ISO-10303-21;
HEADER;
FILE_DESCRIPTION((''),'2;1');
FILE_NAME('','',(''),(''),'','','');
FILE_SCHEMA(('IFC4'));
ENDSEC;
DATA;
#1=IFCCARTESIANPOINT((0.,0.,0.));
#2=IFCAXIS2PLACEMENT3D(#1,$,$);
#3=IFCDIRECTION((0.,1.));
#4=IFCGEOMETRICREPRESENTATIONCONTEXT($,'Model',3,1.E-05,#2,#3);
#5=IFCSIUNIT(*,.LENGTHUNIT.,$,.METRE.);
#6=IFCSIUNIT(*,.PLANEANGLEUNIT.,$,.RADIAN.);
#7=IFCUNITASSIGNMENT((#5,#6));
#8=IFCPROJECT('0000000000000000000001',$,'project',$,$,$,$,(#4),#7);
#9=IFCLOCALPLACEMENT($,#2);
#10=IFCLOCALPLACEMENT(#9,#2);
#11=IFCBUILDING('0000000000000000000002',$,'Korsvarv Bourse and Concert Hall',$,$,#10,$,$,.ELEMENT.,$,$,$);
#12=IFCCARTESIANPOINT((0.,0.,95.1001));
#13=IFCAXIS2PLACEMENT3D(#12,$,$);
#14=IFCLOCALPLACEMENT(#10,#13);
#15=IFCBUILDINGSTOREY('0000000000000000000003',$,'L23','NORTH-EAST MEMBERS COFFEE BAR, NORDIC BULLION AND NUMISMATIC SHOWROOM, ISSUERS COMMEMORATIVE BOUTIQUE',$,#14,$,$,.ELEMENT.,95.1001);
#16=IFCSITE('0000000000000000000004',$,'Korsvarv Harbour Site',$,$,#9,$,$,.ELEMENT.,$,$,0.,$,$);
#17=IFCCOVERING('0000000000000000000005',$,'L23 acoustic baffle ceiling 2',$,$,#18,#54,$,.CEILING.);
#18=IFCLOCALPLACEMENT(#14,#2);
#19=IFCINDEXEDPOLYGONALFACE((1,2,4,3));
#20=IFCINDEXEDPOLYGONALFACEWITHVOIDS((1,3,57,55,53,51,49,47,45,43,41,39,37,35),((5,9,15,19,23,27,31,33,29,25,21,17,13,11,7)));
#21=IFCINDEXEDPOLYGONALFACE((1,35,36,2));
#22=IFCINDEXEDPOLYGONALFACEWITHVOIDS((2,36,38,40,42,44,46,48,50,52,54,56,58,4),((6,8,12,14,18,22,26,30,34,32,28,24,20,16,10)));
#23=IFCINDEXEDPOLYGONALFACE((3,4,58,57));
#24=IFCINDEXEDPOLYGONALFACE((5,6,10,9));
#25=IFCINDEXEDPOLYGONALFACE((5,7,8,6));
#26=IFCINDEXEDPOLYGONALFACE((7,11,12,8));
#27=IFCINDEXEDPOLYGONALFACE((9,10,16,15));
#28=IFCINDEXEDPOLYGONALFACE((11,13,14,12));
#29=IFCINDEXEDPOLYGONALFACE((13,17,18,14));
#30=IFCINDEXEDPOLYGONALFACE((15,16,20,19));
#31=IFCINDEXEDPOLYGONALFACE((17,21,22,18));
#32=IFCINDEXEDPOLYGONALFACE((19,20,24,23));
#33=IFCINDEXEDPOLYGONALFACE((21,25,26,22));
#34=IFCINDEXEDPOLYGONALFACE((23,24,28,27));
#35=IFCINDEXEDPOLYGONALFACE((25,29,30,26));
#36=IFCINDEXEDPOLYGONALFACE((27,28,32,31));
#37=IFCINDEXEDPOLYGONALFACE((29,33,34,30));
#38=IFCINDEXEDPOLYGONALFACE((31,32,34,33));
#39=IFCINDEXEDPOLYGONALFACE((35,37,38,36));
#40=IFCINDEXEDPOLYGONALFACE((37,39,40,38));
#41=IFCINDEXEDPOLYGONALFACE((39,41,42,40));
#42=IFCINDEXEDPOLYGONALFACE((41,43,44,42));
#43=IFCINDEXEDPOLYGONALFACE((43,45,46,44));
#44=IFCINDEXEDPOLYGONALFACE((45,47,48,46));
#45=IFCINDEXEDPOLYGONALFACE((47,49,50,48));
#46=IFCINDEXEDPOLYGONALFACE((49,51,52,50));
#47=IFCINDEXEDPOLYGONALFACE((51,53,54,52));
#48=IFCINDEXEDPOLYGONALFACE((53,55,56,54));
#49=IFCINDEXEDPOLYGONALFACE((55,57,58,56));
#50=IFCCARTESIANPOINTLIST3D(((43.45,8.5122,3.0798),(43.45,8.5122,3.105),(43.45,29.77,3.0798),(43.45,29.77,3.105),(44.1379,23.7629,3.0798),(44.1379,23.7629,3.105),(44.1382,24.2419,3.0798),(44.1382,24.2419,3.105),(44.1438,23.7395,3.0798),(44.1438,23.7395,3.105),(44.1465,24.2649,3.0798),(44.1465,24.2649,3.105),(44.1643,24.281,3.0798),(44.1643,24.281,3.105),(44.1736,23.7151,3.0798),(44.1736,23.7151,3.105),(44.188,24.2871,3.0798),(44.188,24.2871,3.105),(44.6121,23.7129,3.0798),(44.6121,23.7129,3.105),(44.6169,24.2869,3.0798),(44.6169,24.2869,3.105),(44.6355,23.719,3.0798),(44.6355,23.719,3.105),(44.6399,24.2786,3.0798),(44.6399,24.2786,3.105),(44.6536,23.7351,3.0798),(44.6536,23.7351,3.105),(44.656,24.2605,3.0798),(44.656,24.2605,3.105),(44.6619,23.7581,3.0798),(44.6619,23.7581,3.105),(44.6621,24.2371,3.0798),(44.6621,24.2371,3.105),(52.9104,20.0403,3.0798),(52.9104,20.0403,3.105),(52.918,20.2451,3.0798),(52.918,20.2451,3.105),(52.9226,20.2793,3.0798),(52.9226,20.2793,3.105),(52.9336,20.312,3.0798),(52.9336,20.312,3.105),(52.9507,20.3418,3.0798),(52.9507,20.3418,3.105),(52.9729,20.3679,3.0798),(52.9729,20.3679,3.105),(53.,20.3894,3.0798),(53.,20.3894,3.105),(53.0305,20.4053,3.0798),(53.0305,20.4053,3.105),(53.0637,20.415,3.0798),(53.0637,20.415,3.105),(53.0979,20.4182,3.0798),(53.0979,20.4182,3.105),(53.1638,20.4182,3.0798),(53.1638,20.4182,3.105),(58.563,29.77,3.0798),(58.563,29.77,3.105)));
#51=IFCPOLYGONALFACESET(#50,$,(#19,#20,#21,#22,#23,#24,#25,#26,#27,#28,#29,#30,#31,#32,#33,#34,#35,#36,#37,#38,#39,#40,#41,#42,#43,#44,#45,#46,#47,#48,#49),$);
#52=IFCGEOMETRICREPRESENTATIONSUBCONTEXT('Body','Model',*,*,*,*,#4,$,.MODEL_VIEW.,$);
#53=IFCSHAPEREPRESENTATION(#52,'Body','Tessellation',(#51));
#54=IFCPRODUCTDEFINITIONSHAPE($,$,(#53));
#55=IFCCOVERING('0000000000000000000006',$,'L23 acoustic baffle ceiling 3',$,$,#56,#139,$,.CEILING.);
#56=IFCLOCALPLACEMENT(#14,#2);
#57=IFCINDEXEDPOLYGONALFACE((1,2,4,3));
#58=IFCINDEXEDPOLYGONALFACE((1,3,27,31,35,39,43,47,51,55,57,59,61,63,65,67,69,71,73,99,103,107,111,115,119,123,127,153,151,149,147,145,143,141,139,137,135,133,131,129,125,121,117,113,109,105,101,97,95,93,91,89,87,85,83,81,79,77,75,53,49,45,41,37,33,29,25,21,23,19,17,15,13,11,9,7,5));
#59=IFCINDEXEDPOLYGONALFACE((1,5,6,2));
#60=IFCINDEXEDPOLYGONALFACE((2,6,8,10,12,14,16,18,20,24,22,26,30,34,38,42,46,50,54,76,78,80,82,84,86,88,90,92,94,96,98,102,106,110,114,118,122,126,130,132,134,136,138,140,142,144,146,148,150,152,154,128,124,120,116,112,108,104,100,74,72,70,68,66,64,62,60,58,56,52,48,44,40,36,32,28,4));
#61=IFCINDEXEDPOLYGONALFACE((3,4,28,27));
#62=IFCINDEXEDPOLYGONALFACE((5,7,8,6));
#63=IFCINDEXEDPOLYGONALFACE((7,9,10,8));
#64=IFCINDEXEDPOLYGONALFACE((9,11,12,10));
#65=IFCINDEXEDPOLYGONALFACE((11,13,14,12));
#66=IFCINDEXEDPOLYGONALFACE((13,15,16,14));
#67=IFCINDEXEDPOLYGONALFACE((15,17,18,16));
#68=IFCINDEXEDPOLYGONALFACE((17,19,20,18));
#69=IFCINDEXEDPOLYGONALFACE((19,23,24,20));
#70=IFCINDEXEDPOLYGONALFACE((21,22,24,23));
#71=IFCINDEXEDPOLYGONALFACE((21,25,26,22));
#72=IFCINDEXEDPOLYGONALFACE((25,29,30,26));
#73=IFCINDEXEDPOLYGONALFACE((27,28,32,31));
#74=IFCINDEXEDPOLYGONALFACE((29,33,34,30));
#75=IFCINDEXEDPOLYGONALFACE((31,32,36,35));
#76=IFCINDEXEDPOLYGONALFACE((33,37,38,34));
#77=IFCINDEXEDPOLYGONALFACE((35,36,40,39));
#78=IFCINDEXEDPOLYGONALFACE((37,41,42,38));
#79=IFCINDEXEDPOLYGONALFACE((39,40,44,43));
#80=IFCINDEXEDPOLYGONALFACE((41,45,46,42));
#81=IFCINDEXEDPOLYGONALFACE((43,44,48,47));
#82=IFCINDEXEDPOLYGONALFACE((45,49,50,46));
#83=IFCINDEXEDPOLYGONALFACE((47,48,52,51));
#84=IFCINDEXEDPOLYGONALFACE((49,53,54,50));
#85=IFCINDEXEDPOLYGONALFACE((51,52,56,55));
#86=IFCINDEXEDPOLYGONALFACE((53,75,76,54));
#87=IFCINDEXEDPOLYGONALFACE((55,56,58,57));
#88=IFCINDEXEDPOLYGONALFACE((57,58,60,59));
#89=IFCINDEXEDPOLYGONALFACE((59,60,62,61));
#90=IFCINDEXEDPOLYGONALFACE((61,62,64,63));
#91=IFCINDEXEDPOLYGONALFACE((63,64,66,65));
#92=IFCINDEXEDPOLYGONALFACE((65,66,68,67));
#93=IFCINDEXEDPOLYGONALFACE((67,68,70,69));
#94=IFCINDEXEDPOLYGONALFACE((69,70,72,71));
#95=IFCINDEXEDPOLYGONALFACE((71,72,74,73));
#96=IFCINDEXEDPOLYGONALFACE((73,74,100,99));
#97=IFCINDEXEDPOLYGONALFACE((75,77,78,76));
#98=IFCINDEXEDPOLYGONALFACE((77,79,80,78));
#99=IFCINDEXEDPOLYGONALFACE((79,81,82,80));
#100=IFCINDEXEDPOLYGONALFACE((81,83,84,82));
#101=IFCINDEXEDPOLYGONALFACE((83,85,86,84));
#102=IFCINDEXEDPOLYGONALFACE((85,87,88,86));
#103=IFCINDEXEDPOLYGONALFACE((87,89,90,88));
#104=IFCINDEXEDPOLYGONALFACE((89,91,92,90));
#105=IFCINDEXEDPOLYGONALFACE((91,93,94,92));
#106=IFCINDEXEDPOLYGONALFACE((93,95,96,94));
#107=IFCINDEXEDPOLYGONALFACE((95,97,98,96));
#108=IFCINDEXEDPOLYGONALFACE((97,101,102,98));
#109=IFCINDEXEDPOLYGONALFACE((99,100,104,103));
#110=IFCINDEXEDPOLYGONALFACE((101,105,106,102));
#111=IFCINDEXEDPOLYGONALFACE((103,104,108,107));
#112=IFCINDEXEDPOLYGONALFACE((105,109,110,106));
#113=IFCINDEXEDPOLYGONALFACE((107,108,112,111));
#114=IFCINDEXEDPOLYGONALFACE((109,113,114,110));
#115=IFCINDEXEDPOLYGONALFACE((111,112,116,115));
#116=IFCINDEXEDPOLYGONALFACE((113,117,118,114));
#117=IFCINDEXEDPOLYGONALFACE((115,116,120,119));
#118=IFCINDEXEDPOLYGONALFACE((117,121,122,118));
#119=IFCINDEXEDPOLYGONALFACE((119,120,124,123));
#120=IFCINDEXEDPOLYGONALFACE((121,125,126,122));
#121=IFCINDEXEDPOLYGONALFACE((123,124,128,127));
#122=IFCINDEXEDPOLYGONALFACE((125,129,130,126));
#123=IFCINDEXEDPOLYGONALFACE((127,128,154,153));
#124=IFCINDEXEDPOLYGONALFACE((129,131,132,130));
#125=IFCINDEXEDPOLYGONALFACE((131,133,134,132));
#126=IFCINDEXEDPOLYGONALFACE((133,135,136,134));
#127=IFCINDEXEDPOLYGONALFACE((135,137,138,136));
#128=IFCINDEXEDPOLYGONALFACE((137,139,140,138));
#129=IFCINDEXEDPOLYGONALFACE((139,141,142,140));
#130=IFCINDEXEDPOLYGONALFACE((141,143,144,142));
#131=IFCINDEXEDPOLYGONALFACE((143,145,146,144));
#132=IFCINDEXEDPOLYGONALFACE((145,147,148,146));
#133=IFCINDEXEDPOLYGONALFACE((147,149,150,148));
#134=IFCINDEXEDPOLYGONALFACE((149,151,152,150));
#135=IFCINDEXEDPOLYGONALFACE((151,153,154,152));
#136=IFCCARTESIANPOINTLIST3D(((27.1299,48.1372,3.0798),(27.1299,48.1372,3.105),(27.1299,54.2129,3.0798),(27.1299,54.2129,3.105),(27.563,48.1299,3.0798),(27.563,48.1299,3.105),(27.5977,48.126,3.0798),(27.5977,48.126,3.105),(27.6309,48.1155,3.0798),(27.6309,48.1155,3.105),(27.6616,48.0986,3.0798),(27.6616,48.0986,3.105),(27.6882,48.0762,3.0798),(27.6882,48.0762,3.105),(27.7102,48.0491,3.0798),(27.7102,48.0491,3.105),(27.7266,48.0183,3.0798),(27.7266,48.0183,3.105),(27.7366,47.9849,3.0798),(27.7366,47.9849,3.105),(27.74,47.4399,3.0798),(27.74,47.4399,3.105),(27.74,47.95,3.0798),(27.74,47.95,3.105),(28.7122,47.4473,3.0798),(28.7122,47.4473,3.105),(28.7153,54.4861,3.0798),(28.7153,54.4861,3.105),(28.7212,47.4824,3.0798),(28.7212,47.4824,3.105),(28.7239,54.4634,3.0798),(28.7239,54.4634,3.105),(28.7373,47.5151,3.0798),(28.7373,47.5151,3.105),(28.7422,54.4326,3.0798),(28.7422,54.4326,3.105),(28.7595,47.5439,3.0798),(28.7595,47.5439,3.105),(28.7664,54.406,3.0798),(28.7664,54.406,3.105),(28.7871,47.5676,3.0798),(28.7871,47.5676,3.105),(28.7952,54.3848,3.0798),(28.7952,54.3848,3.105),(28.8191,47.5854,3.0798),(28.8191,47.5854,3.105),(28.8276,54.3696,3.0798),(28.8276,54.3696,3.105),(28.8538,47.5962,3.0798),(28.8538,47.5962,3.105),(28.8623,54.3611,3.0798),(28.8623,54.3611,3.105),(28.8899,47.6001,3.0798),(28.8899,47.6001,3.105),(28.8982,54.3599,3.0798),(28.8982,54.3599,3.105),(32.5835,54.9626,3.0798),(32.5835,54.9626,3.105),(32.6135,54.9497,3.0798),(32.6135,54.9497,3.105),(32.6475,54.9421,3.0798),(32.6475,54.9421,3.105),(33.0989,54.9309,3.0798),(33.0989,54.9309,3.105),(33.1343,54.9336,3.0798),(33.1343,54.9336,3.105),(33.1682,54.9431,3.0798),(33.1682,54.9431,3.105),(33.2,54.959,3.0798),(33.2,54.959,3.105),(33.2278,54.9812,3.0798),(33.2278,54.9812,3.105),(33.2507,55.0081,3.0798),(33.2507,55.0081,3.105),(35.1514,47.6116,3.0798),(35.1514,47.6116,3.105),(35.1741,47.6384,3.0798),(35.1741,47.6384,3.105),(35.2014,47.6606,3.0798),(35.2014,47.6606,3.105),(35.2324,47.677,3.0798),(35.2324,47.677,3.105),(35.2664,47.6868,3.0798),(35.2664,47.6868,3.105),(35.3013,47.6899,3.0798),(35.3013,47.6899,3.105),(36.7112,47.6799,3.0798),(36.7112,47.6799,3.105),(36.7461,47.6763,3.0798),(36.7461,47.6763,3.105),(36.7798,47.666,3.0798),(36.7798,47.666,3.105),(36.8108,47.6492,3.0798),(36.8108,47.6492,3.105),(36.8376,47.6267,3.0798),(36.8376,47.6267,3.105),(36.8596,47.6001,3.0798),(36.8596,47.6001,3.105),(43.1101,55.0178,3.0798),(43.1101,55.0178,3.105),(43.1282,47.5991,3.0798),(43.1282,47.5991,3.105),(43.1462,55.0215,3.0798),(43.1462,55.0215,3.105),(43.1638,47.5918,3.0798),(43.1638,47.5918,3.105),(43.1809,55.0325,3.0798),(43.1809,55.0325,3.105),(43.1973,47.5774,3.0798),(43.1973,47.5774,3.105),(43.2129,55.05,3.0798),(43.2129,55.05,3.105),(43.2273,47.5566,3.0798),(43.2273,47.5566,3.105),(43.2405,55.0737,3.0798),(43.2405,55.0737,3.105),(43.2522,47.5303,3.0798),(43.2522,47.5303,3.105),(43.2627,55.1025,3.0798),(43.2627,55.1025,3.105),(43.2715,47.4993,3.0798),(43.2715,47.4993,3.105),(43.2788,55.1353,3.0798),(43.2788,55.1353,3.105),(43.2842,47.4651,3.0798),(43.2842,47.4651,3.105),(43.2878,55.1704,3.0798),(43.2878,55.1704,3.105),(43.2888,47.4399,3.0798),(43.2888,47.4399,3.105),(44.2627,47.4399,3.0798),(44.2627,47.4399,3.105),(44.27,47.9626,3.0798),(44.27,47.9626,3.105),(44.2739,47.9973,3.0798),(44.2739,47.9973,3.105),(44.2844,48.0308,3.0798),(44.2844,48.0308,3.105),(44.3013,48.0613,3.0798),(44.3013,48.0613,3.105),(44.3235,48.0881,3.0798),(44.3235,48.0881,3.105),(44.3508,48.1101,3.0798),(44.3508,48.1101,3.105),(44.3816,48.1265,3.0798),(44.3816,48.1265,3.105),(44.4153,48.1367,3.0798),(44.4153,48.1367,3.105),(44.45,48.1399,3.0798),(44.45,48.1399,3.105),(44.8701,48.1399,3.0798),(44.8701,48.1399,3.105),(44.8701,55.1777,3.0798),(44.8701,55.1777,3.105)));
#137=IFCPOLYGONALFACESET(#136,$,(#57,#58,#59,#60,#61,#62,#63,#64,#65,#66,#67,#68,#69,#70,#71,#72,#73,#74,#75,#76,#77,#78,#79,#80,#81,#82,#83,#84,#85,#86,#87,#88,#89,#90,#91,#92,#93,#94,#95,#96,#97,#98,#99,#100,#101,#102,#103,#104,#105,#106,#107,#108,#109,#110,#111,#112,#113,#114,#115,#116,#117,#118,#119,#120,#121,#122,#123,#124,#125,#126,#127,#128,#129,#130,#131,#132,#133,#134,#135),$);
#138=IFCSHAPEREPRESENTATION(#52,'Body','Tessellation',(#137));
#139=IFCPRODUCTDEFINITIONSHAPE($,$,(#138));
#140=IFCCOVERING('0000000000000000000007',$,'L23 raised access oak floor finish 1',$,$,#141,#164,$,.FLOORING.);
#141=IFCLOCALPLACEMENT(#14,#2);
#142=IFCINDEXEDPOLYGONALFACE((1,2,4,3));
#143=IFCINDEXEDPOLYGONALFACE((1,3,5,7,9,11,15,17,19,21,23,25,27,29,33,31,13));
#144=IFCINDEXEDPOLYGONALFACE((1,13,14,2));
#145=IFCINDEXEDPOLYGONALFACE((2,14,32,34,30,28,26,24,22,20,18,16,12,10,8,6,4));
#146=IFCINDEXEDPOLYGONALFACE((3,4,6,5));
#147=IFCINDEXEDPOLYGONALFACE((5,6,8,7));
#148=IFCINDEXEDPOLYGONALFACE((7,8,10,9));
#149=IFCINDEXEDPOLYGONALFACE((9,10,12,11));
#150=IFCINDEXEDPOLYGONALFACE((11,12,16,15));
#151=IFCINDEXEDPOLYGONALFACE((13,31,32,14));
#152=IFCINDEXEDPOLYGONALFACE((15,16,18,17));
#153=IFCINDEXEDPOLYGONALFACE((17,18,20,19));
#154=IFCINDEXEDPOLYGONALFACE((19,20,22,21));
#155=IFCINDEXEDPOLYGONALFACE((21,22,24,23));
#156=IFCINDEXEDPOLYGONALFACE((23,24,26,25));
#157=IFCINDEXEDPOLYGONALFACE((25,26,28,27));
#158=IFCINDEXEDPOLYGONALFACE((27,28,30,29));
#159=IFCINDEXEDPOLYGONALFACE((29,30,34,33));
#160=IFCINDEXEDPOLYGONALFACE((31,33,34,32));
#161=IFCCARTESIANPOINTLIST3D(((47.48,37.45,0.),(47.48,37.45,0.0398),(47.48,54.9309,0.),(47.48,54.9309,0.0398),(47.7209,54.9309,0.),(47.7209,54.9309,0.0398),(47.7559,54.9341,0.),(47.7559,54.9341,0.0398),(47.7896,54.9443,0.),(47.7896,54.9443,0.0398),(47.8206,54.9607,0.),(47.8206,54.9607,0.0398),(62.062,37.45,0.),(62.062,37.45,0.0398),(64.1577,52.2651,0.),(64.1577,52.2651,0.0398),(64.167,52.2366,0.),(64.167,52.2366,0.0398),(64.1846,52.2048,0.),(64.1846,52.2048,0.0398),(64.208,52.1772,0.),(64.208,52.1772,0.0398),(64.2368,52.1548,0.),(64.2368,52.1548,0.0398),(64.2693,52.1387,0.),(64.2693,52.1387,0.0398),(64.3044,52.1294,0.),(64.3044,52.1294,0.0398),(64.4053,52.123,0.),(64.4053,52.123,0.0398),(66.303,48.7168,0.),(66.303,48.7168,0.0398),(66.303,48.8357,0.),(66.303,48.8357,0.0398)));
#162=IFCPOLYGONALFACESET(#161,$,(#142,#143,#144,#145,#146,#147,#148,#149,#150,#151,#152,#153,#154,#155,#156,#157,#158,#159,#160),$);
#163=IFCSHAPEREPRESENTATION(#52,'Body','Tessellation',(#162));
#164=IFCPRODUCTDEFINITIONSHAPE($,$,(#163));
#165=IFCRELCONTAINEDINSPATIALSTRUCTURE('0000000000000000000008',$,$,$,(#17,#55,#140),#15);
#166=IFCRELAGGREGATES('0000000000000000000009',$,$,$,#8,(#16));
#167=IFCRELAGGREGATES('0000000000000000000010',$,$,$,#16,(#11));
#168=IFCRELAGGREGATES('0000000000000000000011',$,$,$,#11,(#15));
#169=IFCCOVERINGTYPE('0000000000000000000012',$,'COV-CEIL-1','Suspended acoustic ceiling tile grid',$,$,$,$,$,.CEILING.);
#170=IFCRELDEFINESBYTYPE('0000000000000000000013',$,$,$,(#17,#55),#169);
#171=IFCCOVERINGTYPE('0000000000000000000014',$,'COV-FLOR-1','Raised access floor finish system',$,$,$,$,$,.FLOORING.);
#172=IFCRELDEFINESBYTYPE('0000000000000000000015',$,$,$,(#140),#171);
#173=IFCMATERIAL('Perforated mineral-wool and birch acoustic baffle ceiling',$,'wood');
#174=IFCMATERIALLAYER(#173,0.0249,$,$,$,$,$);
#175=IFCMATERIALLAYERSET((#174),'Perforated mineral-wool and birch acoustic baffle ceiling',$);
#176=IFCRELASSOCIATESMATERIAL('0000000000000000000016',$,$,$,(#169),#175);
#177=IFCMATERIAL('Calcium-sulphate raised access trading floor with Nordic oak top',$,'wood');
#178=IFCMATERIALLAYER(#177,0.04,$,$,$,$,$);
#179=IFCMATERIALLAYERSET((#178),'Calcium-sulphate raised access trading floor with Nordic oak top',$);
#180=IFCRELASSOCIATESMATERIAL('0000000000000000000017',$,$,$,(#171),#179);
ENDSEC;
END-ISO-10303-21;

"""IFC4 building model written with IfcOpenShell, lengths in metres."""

from ifc_helpers import new_model, si_unit, direction, frame, origin, place, context, subcontext, project, spatial, polyline, outline, extrude, material, layer, layer_set, type_object, element, save


model = new_model("IFC4")

# Units and contexts
model_context = context("Model", 3, precision=1e-05, world=origin(), true_north=direction((0.0, 1.0)))
body_context = subcontext(model_context, "Body", "Model", "MODEL_VIEW")
ifc_project = project(units=[si_unit("LENGTHUNIT", "METRE"), si_unit("PLANEANGLEUNIT", "RADIAN")], contexts=[model_context])

# Site, building, storey
site_placement = place(None, origin())
site = spatial("IfcSite", under=ifc_project, at=site_placement, Name="Korsvarv Harbour Site", CompositionType="ELEMENT", RefElevation=0.0)
building_placement = place(site_placement, origin())
building = spatial("IfcBuilding", under=site, at=building_placement, Name="Korsvarv Bourse and Concert Hall", CompositionType="ELEMENT")
storey_placement = place(building_placement, frame((0.0, 0.0, 95.1001)))
storey = spatial("IfcBuildingStorey", under=building, at=storey_placement, Name="L23", Description="NORTH-EAST MEMBERS COFFEE BAR, NORDIC BULLION AND NUMISMATIC SHOWROOM, ISSUERS COMMEMORATIVE BOUTIQUE", CompositionType="ELEMENT", Elevation=95.1001)

# Coverings
ifc_material_1 = material(Name="Perforated mineral-wool and birch acoustic baffle ceiling", Category="wood")
ifc_layer_1 = layer(ifc_material_1, 0.0249)
ifc_layer_set_1 = layer_set([ifc_layer_1], Name="Perforated mineral-wool and birch acoustic baffle ceiling")
covering_type_1 = type_object("IfcCoveringType", Name="COV-CEIL-1", Description="Suspended acoustic ceiling tile grid", PredefinedType="CEILING", material=ifc_layer_set_1)
covering_1_placement = place(storey_placement, frame((0.0, 0.0, 3.0798)))
element("IfcCovering", 1, at=covering_1_placement, inside=storey, type_object=covering_type_1, Name="L23 acoustic baffle ceiling 2", PredefinedType="CEILING", context=body_context, shape_type="SweptSolid", body=[
    extrude(outline(polyline([(53.0979, 20.4182), (53.0637, 20.415), (53.0305, 20.4053), (53.0, 20.3894), (52.9729, 20.3679), (52.9507, 20.3418), (52.9336, 20.312), (52.9226, 20.2793), (52.918, 20.2451), (52.9104, 20.0403), (43.45, 8.5122), (43.45, 29.77), (58.563, 29.77), (53.1638, 20.4182), (53.0979, 20.4182)]), holes=[polyline([(44.1736, 23.7151), (44.6121, 23.7129), (44.6355, 23.719), (44.6536, 23.7351), (44.6619, 23.7581), (44.6621, 24.2371), (44.656, 24.2605), (44.6399, 24.2786), (44.6169, 24.2869), (44.188, 24.2871), (44.1643, 24.281), (44.1465, 24.2649), (44.1382, 24.2419), (44.1379, 23.7629), (44.1438, 23.7395), (44.1736, 23.7151)])]), origin(), (0.0, 0.0, 1.0), 0.0251),
])
covering_2_placement = place(storey_placement, frame((0.0, 0.0, 3.0798)))
element("IfcCovering", 2, at=covering_2_placement, inside=storey, type_object=covering_type_1, Name="L23 acoustic baffle ceiling 3", PredefinedType="CEILING", context=body_context, shape_type="SweptSolid", body=[
    extrude(outline(polyline([(28.7153, 54.4861), (28.7239, 54.4634), (28.7422, 54.4326), (28.7664, 54.406), (28.7952, 54.3848), (28.8276, 54.3696), (28.8623, 54.3611), (28.8982, 54.3599), (32.5835, 54.9626), (32.6135, 54.9497), (32.6475, 54.9421), (33.0989, 54.9309), (33.1343, 54.9336), (33.1682, 54.9431), (33.2, 54.959), (33.2278, 54.9812), (33.2507, 55.0081), (43.1101, 55.0178), (43.1462, 55.0215), (43.1809, 55.0325), (43.2129, 55.05), (43.2405, 55.0737), (43.2627, 55.1025), (43.2788, 55.1353), (43.2878, 55.1704), (44.8701, 55.1777), (44.8701, 48.1399), (44.45, 48.1399), (44.4153, 48.1367), (44.3816, 48.1265), (44.3508, 48.1101), (44.3235, 48.0881), (44.3013, 48.0613), (44.2844, 48.0308), (44.2739, 47.9973), (44.27, 47.9626), (44.2627, 47.4399), (43.2888, 47.4399), (43.2842, 47.4651), (43.2715, 47.4993), (43.2522, 47.5303), (43.2273, 47.5566), (43.1973, 47.5774), (43.1638, 47.5918), (43.1282, 47.5991), (36.8596, 47.6001), (36.8376, 47.6267), (36.8108, 47.6492), (36.7798, 47.666), (36.7461, 47.6763), (36.7112, 47.6799), (35.3013, 47.6899), (35.2664, 47.6868), (35.2324, 47.677), (35.2014, 47.6606), (35.1741, 47.6384), (35.1514, 47.6116), (28.8899, 47.6001), (28.8538, 47.5962), (28.8191, 47.5854), (28.7871, 47.5676), (28.7595, 47.5439), (28.7373, 47.5151), (28.7212, 47.4824), (28.7122, 47.4473), (27.74, 47.4399), (27.74, 47.95), (27.7366, 47.9849), (27.7266, 48.0183), (27.7102, 48.0491), (27.6882, 48.0762), (27.6616, 48.0986), (27.6309, 48.1155), (27.5977, 48.126), (27.563, 48.1299), (27.1299, 48.1372), (27.1299, 54.2129), (28.7153, 54.4861)])), origin(), (0.0, 0.0, 1.0), 0.0251),
])
ifc_material_2 = material(Name="Calcium-sulphate raised access trading floor with Nordic oak top", Category="wood")
ifc_layer_2 = layer(ifc_material_2, 0.04)
ifc_layer_set_2 = layer_set([ifc_layer_2], Name="Calcium-sulphate raised access trading floor with Nordic oak top")
covering_type_2 = type_object("IfcCoveringType", Name="COV-FLOR-1", Description="Raised access floor finish system", PredefinedType="FLOORING", material=ifc_layer_set_2)
covering_3_placement = place(storey_placement, origin())
element("IfcCovering", 3, at=covering_3_placement, inside=storey, type_object=covering_type_2, Name="L23 raised access oak floor finish 1", PredefinedType="FLOORING", context=body_context, shape_type="SweptSolid", body=[
    extrude(outline(polyline([(64.1577, 52.2651), (64.167, 52.2366), (64.1846, 52.2048), (64.208, 52.1772), (64.2368, 52.1548), (64.2693, 52.1387), (64.3044, 52.1294), (64.4053, 52.123), (66.303, 48.8357), (66.303, 48.7168), (62.062, 37.45), (47.48, 37.45), (47.48, 54.9309), (47.7209, 54.9309), (47.7559, 54.9341), (47.7896, 54.9443), (47.8206, 54.9607), (64.1577, 52.2651)])), origin(), (0.0, 0.0, 1.0), 0.0398),
])

save(model, "model.ifc")
